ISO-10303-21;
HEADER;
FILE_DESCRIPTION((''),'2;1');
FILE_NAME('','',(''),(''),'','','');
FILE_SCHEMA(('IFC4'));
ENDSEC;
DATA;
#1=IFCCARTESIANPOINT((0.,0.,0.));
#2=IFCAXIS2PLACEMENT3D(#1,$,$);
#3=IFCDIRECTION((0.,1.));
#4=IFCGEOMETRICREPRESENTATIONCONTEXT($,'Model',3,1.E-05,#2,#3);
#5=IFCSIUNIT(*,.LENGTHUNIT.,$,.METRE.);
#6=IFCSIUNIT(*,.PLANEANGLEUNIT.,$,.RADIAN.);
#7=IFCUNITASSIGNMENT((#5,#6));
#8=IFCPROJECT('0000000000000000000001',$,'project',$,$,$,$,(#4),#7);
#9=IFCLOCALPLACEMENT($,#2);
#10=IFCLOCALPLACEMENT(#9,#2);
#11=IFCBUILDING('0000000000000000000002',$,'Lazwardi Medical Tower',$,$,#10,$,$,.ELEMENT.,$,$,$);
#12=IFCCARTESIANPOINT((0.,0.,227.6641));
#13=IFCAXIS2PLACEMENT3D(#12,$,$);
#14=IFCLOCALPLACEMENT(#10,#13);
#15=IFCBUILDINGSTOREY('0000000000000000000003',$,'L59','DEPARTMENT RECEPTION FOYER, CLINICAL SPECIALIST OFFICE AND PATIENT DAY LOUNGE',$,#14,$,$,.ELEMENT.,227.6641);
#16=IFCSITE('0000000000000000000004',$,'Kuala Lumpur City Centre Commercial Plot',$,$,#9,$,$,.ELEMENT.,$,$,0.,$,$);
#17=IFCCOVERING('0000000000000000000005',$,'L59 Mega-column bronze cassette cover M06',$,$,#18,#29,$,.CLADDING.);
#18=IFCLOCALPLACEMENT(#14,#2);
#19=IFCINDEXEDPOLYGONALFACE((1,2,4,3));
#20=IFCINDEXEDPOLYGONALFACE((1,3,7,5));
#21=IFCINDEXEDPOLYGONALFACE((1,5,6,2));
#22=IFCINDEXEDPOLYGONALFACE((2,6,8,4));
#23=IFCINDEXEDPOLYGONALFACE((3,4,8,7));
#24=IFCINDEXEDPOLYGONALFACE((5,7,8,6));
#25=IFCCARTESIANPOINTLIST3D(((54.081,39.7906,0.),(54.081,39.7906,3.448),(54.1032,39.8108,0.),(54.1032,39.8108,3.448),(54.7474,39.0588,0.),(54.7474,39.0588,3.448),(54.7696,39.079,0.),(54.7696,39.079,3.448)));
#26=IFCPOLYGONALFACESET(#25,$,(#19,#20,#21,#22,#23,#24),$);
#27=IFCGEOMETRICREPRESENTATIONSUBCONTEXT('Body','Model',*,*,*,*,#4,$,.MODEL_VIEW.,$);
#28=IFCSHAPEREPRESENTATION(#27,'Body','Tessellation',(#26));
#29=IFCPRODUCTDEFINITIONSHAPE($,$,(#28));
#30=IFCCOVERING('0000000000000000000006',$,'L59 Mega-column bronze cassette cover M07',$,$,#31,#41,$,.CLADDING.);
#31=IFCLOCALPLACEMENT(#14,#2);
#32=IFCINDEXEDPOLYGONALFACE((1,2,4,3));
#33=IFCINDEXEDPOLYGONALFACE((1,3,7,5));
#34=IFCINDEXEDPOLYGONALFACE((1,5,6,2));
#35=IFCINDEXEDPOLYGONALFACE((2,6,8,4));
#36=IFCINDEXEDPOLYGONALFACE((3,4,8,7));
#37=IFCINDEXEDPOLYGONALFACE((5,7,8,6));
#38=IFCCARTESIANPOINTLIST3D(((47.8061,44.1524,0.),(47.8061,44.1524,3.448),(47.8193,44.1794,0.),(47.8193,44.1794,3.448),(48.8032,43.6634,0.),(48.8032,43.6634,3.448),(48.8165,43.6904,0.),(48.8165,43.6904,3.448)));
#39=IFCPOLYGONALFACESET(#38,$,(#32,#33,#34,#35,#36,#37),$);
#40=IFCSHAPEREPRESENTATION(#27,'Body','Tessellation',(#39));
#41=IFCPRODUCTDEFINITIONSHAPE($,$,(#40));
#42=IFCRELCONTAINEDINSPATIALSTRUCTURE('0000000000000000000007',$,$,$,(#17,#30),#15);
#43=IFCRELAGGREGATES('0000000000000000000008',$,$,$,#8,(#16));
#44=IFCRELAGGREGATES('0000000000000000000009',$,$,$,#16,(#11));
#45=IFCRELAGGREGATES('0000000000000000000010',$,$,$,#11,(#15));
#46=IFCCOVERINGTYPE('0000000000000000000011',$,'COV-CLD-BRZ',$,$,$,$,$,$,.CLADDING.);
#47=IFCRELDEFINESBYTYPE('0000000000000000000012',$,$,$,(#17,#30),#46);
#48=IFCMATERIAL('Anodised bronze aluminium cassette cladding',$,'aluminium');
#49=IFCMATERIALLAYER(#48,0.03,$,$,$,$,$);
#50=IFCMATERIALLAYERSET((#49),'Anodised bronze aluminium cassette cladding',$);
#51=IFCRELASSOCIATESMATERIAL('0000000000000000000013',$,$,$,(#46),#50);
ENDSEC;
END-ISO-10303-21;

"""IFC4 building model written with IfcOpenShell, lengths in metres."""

from ifc_helpers import new_model, si_unit, direction, frame, origin, origin_2d, place, context, subcontext, project, spatial, rectangle, extrude, material, layer, layer_set, type_object, element, save


model = new_model("IFC4")

# Units and contexts
model_context = context("Model", 3, precision=1e-05, world=origin(), true_north=direction((0.0, 1.0)))
body_context = subcontext(model_context, "Body", "Model", "MODEL_VIEW")
ifc_project = project(units=[si_unit("LENGTHUNIT", "METRE"), si_unit("PLANEANGLEUNIT", "RADIAN")], contexts=[model_context])

# Site, building, storey
site_placement = place(None, origin())
site = spatial("IfcSite", under=ifc_project, at=site_placement, Name="Kuala Lumpur City Centre Commercial Plot", CompositionType="ELEMENT", RefElevation=0.0)
building_placement = place(site_placement, origin())
building = spatial("IfcBuilding", under=site, at=building_placement, Name="Lazwardi Medical Tower", CompositionType="ELEMENT")
storey_placement = place(building_placement, frame((0.0, 0.0, 227.6641)))
storey = spatial("IfcBuildingStorey", under=building, at=storey_placement, Name="L59", Description="DEPARTMENT RECEPTION FOYER, CLINICAL SPECIALIST OFFICE AND PATIENT DAY LOUNGE", CompositionType="ELEMENT", Elevation=227.6641)

# Coverings
ifc_material_1 = material(Name="Anodised bronze aluminium cassette cladding", Category="aluminium")
ifc_layer_1 = layer(ifc_material_1, 0.03)
ifc_layer_set_1 = layer_set([ifc_layer_1], Name="Anodised bronze aluminium cassette cladding")
covering_type = type_object("IfcCoveringType", Name="COV-CLD-BRZ", PredefinedType="CLADDING", material=ifc_layer_set_1)
covering_1_placement = place(storey_placement, frame((54.4253, 39.4348, 0.0), z_axis=(0.0, 0.0, 1.0), x_axis=(-0.673241, 0.739423, 0.0)))
element("IfcCovering", 1, at=covering_1_placement, inside=storey, type_object=covering_type, Name="L59 Mega-column bronze cassette cover M06", PredefinedType="CLADDING", context=body_context, shape_type="SweptSolid", body=[
    extrude(rectangle(XDim=0.9897, YDim=0.03, at=origin_2d()), origin(), (0.0, 0.0, 1.0), 3.448),
])
covering_2_placement = place(storey_placement, frame((48.3113, 43.9214, 0.0), z_axis=(0.0, 0.0, 1.0), x_axis=(-0.89784, 0.440322, 0.0)))
element("IfcCovering", 2, at=covering_2_placement, inside=storey, type_object=covering_type, Name="L59 Mega-column bronze cassette cover M07", PredefinedType="CLADDING", context=body_context, shape_type="SweptSolid", body=[
    extrude(rectangle(XDim=1.1106, YDim=0.03, at=origin_2d()), origin(), (0.0, 0.0, 1.0), 3.448),
])

save(model, "model.ifc")
